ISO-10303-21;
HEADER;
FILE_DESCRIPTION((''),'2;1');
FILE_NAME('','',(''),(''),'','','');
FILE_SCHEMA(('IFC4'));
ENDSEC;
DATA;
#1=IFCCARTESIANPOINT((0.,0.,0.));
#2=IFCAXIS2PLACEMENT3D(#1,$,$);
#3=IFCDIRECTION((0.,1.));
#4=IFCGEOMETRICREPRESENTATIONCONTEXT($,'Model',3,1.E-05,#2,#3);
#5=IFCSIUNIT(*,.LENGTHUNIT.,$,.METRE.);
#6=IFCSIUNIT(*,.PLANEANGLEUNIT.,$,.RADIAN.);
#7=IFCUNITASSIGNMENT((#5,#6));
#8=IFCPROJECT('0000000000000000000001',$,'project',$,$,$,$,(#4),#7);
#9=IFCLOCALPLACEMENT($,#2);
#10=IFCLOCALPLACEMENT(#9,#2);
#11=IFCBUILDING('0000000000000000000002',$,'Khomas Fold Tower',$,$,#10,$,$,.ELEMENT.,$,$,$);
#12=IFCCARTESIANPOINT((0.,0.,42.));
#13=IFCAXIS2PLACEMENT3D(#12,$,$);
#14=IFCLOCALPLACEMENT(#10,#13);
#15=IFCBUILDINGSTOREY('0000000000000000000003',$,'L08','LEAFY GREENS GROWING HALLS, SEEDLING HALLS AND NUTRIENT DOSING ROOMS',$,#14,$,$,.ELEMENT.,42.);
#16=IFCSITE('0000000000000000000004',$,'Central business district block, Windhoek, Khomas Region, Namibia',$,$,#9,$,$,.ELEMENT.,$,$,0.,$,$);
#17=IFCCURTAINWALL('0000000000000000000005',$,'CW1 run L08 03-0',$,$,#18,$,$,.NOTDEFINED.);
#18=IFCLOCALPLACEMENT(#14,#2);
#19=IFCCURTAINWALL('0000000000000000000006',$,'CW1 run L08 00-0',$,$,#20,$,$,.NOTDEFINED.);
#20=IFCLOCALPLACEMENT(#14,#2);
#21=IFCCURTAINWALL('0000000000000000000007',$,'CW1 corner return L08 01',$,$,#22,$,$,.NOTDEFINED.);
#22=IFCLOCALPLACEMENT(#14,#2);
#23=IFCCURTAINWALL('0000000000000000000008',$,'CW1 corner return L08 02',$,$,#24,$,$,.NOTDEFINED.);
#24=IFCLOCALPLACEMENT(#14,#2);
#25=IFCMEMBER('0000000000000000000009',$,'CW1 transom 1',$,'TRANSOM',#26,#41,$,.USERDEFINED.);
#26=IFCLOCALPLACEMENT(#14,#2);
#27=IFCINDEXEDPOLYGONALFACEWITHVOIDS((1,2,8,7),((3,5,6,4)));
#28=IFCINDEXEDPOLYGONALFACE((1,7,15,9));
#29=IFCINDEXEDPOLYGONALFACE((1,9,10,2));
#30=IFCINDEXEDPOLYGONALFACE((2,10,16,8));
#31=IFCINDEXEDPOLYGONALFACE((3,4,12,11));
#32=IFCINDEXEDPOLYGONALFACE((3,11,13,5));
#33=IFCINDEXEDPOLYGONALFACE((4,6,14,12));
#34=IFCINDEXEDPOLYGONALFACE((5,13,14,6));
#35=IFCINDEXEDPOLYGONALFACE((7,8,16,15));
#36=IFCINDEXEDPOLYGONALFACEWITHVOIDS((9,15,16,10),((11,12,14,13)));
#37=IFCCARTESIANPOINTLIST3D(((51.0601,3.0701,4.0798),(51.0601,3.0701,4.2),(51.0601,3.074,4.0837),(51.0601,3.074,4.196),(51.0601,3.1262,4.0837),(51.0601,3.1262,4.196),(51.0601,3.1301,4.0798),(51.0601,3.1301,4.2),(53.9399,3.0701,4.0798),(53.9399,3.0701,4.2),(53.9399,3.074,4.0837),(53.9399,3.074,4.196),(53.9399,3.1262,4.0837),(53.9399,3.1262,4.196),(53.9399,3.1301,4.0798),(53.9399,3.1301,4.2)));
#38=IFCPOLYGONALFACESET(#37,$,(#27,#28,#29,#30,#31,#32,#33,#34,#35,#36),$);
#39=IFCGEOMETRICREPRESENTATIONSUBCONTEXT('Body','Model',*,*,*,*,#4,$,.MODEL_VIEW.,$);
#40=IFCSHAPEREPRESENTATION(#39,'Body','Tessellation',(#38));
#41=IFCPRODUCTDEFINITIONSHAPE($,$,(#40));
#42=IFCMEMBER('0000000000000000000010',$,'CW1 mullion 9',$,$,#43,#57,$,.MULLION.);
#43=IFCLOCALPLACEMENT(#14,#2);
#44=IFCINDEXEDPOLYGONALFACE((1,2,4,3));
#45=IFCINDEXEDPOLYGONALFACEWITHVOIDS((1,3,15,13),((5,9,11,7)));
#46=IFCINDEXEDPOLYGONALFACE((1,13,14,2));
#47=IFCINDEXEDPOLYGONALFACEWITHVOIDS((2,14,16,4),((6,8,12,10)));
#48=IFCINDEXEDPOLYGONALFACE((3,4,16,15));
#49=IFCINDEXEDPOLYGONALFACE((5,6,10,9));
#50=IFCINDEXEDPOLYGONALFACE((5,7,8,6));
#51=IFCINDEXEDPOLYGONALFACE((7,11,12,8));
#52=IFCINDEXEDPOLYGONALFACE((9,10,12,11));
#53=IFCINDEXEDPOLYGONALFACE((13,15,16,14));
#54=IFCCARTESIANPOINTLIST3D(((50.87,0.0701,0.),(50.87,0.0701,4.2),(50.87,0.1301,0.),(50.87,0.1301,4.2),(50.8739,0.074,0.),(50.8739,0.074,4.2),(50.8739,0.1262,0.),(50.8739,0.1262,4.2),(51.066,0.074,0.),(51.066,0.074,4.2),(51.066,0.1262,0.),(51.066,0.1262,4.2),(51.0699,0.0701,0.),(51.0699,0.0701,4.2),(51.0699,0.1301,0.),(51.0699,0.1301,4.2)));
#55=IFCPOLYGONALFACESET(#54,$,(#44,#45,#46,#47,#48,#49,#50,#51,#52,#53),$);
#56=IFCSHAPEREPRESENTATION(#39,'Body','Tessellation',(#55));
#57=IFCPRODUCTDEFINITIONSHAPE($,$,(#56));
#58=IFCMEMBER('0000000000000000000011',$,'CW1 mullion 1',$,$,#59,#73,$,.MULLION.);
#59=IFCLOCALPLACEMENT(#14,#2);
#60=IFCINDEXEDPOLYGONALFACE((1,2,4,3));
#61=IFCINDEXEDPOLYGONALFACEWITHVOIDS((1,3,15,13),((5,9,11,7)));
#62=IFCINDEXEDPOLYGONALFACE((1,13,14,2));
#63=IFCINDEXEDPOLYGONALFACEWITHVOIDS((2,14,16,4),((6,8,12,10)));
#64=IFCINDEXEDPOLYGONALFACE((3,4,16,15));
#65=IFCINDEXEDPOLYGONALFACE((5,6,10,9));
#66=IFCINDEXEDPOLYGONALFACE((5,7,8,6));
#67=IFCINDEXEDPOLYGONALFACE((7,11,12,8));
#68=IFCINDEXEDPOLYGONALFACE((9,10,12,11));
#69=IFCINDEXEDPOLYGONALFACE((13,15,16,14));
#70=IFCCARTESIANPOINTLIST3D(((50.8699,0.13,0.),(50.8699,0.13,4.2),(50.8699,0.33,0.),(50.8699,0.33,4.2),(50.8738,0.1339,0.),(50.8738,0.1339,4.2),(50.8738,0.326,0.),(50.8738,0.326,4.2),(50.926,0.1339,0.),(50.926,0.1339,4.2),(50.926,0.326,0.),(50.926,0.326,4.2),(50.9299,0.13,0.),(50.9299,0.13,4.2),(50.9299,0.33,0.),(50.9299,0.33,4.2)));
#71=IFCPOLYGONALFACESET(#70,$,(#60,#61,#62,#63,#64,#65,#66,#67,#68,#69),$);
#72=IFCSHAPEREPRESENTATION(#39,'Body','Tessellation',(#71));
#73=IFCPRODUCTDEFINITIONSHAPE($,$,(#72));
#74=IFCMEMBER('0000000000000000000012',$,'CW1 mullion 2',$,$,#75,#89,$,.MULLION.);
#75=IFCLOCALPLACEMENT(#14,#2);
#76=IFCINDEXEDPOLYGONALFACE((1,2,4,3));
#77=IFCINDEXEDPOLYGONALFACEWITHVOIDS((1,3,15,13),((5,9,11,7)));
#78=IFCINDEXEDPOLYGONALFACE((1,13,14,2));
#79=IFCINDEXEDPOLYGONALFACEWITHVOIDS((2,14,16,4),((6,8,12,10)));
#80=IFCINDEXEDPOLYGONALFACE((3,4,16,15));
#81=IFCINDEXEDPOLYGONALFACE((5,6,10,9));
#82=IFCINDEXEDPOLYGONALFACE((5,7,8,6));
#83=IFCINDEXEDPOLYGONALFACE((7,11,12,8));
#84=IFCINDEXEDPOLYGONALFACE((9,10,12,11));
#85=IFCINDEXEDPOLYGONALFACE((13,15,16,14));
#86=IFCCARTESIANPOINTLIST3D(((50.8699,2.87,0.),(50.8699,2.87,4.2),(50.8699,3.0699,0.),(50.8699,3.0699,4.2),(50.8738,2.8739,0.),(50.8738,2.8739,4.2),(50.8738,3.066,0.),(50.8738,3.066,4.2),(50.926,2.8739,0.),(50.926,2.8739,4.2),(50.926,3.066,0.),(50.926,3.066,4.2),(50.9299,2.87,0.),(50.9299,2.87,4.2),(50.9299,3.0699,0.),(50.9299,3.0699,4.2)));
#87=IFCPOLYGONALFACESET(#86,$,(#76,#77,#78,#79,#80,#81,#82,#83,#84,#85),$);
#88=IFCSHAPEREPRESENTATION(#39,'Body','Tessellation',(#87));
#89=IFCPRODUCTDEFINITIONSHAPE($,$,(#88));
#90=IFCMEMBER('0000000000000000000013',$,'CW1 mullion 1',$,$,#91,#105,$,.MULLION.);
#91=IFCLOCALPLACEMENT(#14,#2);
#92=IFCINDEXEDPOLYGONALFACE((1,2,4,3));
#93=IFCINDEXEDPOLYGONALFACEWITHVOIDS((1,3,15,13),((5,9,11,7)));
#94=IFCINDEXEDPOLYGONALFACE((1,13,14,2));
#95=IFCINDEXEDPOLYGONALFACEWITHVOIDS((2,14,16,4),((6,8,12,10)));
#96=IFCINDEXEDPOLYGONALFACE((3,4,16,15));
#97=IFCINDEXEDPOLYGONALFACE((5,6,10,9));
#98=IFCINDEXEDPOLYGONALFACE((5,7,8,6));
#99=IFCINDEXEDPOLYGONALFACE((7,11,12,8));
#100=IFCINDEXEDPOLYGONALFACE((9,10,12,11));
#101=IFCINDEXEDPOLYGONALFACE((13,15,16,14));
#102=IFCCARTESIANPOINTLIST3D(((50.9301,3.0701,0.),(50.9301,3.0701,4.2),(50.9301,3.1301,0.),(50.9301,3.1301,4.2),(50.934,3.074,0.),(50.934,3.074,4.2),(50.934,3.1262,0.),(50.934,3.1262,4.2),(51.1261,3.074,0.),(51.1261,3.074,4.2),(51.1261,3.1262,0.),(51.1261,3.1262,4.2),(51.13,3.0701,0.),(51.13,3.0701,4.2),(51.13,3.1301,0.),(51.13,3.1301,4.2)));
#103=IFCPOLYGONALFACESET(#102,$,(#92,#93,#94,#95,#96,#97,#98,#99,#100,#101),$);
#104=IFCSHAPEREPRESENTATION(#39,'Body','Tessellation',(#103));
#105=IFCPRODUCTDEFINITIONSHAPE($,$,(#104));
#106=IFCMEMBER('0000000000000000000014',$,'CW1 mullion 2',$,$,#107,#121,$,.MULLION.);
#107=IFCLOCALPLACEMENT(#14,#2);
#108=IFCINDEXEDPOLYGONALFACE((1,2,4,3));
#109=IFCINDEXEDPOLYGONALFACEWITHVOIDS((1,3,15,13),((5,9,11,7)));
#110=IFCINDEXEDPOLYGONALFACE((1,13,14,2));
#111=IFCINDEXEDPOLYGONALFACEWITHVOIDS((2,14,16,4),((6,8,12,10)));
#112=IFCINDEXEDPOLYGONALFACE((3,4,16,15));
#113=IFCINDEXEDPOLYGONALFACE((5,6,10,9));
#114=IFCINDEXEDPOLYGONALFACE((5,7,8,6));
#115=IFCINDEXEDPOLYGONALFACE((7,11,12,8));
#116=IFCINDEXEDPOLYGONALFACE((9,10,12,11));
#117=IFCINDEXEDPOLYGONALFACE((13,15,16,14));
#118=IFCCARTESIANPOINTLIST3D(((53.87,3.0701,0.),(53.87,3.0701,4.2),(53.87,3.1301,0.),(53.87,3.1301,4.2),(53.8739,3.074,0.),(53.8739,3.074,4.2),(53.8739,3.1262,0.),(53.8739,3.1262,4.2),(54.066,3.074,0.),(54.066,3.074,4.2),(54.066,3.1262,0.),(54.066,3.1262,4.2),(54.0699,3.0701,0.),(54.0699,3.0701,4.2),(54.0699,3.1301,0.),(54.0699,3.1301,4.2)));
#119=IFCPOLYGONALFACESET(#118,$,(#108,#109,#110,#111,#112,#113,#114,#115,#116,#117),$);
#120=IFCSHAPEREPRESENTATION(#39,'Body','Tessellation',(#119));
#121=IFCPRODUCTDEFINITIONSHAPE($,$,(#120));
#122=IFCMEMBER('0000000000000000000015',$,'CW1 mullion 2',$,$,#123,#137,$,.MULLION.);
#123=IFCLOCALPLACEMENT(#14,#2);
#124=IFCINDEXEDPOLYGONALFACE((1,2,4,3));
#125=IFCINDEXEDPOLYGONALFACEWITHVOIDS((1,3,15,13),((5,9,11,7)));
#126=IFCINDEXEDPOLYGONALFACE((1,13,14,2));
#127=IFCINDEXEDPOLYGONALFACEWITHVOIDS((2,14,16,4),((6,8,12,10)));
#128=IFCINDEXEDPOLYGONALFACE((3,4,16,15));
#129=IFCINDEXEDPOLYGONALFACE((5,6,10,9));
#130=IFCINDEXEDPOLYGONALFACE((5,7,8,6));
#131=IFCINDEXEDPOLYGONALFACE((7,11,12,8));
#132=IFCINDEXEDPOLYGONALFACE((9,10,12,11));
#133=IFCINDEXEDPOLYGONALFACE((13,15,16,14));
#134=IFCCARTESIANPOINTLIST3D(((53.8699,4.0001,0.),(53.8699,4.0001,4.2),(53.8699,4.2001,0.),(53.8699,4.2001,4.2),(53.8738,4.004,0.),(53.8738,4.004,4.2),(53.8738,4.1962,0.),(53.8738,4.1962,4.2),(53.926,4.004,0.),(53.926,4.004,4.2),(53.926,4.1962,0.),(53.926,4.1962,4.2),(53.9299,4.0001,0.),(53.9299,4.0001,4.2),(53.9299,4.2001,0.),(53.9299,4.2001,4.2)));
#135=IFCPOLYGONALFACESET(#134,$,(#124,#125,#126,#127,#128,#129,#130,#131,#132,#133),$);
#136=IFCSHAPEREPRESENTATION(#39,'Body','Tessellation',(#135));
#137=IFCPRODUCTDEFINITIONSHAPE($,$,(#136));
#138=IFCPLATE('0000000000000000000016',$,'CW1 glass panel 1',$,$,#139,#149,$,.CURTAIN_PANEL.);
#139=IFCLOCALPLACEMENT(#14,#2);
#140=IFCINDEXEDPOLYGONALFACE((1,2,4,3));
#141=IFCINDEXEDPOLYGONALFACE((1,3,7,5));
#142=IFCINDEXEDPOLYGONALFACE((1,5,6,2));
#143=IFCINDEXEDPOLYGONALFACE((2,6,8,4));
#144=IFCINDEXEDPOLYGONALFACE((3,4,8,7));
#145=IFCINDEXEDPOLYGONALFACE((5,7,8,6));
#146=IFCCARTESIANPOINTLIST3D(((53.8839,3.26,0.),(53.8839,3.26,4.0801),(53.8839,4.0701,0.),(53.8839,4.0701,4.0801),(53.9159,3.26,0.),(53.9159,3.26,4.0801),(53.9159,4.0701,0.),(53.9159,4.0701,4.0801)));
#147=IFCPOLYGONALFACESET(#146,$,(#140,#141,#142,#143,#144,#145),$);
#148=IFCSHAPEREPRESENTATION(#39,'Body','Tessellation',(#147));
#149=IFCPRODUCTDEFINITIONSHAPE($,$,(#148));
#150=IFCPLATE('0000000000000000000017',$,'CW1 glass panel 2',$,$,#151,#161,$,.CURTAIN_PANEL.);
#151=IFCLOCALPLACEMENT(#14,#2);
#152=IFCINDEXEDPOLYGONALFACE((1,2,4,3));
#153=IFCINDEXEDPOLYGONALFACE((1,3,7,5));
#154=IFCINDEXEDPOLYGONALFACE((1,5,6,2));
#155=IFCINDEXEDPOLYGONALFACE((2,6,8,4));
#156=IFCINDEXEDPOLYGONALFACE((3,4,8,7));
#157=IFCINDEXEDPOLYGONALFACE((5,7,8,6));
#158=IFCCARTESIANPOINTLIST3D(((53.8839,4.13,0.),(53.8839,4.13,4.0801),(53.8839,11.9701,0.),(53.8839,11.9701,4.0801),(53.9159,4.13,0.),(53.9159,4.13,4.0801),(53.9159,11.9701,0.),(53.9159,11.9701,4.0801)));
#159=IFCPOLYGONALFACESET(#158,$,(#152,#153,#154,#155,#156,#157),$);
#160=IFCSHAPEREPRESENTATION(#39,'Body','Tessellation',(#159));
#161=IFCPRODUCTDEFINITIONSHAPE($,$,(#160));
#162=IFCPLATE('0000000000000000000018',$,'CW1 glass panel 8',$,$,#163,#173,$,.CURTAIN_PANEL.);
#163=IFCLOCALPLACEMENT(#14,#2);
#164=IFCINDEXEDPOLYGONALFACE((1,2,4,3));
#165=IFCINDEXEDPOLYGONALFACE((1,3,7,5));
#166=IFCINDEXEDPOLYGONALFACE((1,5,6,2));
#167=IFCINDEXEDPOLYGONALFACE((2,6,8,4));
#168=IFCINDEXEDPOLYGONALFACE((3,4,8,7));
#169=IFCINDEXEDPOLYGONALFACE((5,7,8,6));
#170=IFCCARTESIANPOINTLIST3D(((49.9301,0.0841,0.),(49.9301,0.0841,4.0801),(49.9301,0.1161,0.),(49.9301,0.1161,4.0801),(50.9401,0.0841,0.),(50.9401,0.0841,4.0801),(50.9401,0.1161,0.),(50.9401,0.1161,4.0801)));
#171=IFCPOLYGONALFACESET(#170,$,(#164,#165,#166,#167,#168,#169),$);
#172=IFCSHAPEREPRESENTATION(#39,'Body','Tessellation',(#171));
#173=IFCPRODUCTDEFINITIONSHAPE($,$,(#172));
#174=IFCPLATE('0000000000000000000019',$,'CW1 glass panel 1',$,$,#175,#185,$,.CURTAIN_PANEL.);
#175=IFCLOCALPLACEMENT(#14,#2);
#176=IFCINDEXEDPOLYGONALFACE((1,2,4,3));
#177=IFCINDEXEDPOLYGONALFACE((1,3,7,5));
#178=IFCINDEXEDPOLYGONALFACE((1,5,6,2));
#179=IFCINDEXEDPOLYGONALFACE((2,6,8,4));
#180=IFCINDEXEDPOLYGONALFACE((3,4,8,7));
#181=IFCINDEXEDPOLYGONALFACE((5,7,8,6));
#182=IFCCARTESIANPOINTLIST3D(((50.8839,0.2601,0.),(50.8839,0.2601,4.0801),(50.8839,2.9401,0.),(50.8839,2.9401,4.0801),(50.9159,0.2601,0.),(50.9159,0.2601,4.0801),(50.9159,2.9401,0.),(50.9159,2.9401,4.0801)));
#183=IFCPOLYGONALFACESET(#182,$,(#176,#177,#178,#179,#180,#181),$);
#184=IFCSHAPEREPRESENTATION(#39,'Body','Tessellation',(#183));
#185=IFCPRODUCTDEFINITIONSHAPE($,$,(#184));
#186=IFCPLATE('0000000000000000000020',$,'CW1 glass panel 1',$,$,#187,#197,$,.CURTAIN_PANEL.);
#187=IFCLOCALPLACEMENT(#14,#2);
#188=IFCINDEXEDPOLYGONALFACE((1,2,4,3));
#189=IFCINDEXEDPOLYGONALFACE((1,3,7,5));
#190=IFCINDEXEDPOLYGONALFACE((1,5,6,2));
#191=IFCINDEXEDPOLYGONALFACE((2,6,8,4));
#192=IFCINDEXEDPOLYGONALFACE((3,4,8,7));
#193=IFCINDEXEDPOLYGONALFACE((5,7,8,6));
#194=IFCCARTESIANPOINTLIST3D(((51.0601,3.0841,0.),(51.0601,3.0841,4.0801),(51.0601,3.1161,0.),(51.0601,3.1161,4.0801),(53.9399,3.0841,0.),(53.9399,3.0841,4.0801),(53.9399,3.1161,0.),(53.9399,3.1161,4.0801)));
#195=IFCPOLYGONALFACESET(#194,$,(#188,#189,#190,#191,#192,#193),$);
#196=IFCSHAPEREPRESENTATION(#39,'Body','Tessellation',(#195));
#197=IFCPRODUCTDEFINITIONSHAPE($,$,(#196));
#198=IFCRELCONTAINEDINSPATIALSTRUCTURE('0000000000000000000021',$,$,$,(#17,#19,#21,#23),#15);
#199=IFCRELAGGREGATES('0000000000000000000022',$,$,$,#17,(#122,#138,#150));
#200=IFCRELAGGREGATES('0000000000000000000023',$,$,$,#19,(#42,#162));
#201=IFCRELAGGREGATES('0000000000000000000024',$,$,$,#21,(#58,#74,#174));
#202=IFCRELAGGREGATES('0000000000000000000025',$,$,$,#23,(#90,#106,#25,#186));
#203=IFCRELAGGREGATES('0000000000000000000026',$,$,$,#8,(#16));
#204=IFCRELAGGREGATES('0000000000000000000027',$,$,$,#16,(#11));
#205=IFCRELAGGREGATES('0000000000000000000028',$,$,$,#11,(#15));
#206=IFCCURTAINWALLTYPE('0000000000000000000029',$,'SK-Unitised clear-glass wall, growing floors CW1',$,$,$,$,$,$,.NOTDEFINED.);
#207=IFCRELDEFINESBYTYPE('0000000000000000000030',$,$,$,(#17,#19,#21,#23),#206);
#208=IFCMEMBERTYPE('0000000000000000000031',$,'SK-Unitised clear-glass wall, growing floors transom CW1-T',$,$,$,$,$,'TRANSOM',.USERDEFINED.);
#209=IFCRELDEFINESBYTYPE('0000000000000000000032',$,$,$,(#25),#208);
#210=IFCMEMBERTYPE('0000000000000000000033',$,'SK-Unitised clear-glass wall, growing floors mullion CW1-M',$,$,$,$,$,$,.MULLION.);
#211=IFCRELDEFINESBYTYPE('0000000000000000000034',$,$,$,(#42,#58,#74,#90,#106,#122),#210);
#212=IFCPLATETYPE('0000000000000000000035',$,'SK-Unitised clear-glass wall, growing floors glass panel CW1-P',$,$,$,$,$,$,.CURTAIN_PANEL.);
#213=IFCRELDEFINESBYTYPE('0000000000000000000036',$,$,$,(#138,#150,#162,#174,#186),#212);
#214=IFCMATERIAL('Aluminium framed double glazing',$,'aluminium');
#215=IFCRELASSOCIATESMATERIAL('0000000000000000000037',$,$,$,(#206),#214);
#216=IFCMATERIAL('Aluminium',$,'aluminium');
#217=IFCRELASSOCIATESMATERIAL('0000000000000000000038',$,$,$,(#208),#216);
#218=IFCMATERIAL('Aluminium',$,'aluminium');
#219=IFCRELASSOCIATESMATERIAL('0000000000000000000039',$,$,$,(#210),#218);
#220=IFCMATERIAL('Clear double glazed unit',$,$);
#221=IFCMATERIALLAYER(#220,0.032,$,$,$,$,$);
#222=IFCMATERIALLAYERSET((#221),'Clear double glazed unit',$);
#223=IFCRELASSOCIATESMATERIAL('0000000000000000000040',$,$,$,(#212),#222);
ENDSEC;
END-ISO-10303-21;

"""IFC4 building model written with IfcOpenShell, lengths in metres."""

from ifc_helpers import new_model, si_unit, direction, frame, origin, origin_2d, place, context, subcontext, project, spatial, rectangle, hollow_rectangle, extrude, source, transform, mapped, material, layer, layer_set, material_profile, profile_set, type_object, element, aggregate, save


model = new_model("IFC4")

# Units and contexts
model_context = context("Model", 3, precision=1e-05, world=origin(), true_north=direction((0.0, 1.0)))
body_context = subcontext(model_context, "Body", "Model", "MODEL_VIEW")
ifc_project = project(units=[si_unit("LENGTHUNIT", "METRE"), si_unit("PLANEANGLEUNIT", "RADIAN")], contexts=[model_context])

# Site, building, storey
site_placement = place(None, origin())
site = spatial("IfcSite", under=ifc_project, at=site_placement, Name="Central business district block, Windhoek, Khomas Region, Namibia", CompositionType="ELEMENT", RefElevation=0.0)
building_placement = place(site_placement, origin())
building = spatial("IfcBuilding", under=site, at=building_placement, Name="Khomas Fold Tower", CompositionType="ELEMENT")
storey_placement = place(building_placement, frame((0.0, 0.0, 42.0)))
storey = spatial("IfcBuildingStorey", under=building, at=storey_placement, Name="L08", Description="LEAFY GREENS GROWING HALLS, SEEDLING HALLS AND NUTRIENT DOSING ROOMS", CompositionType="ELEMENT", Elevation=42.0)

# Curtain wall
ifc_material_1 = material(Name="Aluminium framed double glazing", Category="aluminium")
curtain_wall_type = type_object("IfcCurtainWallType", Name="SK-Unitised clear-glass wall, growing floors CW1", PredefinedType="NOTDEFINED", material=ifc_material_1)
curtain_wall_1_placement = place(storey_placement, origin())
curtain_wall_1 = element("IfcCurtainWall", 1, at=curtain_wall_1_placement, inside=storey, type_object=curtain_wall_type, Name="CW1 run L08 03-0", PredefinedType="NOTDEFINED")
ifc_material_2 = material(Name="Aluminium", Category="aluminium")
ifc_material_profile_1 = material_profile(ifc_material_2, hollow_rectangle(XDim=0.0601, YDim=0.1201, WallThickness=0.0039, at=origin_2d()), Name="SK-Unitised clear-glass wall, growing floors transom CW1-T")
ifc_profile_set_1 = profile_set([ifc_material_profile_1], Name="Aluminium")
member_type_1 = type_object("IfcMemberType", Name="SK-Unitised clear-glass wall, growing floors transom CW1-T", ElementType="TRANSOM", PredefinedType="USERDEFINED", material=ifc_profile_set_1)

# Curtain walls, member
curtain_wall_2_placement = place(storey_placement, origin())
curtain_wall_2 = element("IfcCurtainWall", 2, at=curtain_wall_2_placement, inside=storey, type_object=curtain_wall_type, Name="CW1 run L08 00-0", PredefinedType="NOTDEFINED")
curtain_wall_3_placement = place(storey_placement, origin())
curtain_wall_3 = element("IfcCurtainWall", 3, at=curtain_wall_3_placement, inside=storey, type_object=curtain_wall_type, Name="CW1 corner return L08 01", PredefinedType="NOTDEFINED")
curtain_wall_4_placement = place(storey_placement, origin())
curtain_wall_4 = element("IfcCurtainWall", 4, at=curtain_wall_4_placement, inside=storey, type_object=curtain_wall_type, Name="CW1 corner return L08 02", PredefinedType="NOTDEFINED")
shared_shape_1 = source(origin(), body_context, "Body", "SweptSolid", [
    extrude(hollow_rectangle(XDim=0.0601, YDim=0.1201, WallThickness=0.0039, at=origin_2d()), origin(), (0.0, 0.0, 1.0), 2.8799),
])
member_1_placement = place(storey_placement, frame((51.0601, 3.1001, 4.1399), z_axis=(1.0, 0.0, 0.0), x_axis=(0.0, 1.0, 0.0)))
member_1 = element("IfcMember", 5, at=member_1_placement, type_object=member_type_1, Name="CW1 transom 1", ObjectType="TRANSOM", PredefinedType="USERDEFINED", context=body_context, shape_type="MappedRepresentation", body=[
    mapped(shared_shape_1, transform((0.0, 0.0, 0.0))),
])

# Members
ifc_material_3 = material(Name="Aluminium", Category="aluminium")
ifc_material_profile_2 = material_profile(ifc_material_3, hollow_rectangle(XDim=0.0601, YDim=0.2, WallThickness=0.0039, at=origin_2d()), Name="SK-Unitised clear-glass wall, growing floors mullion CW1-M")
ifc_profile_set_2 = profile_set([ifc_material_profile_2], Name="Aluminium")
member_type_2 = type_object("IfcMemberType", Name="SK-Unitised clear-glass wall, growing floors mullion CW1-M", PredefinedType="MULLION", material=ifc_profile_set_2)
shared_shape_2 = source(origin(), body_context, "Body", "SweptSolid", [
    extrude(hollow_rectangle(XDim=0.0601, YDim=0.2, WallThickness=0.0039, at=origin_2d()), origin(), (0.0, 0.0, 1.0), 4.2),
])
member_2_placement = place(storey_placement, frame((50.97, 0.1001, 0.0), z_axis=(0.0, 0.0, 1.0), x_axis=(0.0, 1.0, 0.0)))
member_2 = element("IfcMember", 6, at=member_2_placement, type_object=member_type_2, Name="CW1 mullion 9", PredefinedType="MULLION", context=body_context, shape_type="MappedRepresentation", body=[
    mapped(shared_shape_2, transform((0.0, 0.0, 0.0))),
])
member_3_placement = place(storey_placement, frame((50.8999, 0.23, 0.0), z_axis=(0.0, 0.0, 1.0), x_axis=(-1.0, 0.0, 0.0)))
member_3 = element("IfcMember", 7, at=member_3_placement, type_object=member_type_2, Name="CW1 mullion 1", PredefinedType="MULLION", context=body_context, shape_type="MappedRepresentation", body=[
    mapped(shared_shape_2, transform((0.0, 0.0, 0.0))),
])
member_4_placement = place(storey_placement, frame((50.8999, 2.97, 0.0), z_axis=(0.0, 0.0, 1.0), x_axis=(-1.0, 0.0, 0.0)))
member_4 = element("IfcMember", 8, at=member_4_placement, type_object=member_type_2, Name="CW1 mullion 2", PredefinedType="MULLION", context=body_context, shape_type="MappedRepresentation", body=[
    mapped(shared_shape_2, transform((0.0, 0.0, 0.0))),
])
member_5_placement = place(storey_placement, frame((51.03, 3.1001, 0.0), z_axis=(0.0, 0.0, 1.0), x_axis=(0.0, 1.0, 0.0)))
member_5 = element("IfcMember", 9, at=member_5_placement, type_object=member_type_2, Name="CW1 mullion 1", PredefinedType="MULLION", context=body_context, shape_type="MappedRepresentation", body=[
    mapped(shared_shape_2, transform((0.0, 0.0, 0.0))),
])
member_6_placement = place(storey_placement, frame((53.97, 3.1001, 0.0), z_axis=(0.0, 0.0, 1.0), x_axis=(0.0, 1.0, 0.0)))
member_6 = element("IfcMember", 10, at=member_6_placement, type_object=member_type_2, Name="CW1 mullion 2", PredefinedType="MULLION", context=body_context, shape_type="MappedRepresentation", body=[
    mapped(shared_shape_2, transform((0.0, 0.0, 0.0))),
])
member_7_placement = place(storey_placement, frame((53.8999, 4.1001, 0.0), z_axis=(0.0, 0.0, 1.0), x_axis=(-1.0, 0.0, 0.0)))
member_7 = element("IfcMember", 11, at=member_7_placement, type_object=member_type_2, Name="CW1 mullion 2", PredefinedType="MULLION", context=body_context, shape_type="MappedRepresentation", body=[
    mapped(shared_shape_2, transform((0.0, 0.0, 0.0))),
])

# Plates
ifc_material_4 = material(Name="Clear double glazed unit")
ifc_layer = layer(ifc_material_4, 0.032)
ifc_layer_set = layer_set([ifc_layer], Name="Clear double glazed unit")
plate_type = type_object("IfcPlateType", Name="SK-Unitised clear-glass wall, growing floors glass panel CW1-P", PredefinedType="CURTAIN_PANEL", material=ifc_layer_set)
shared_shape_3 = source(origin(), body_context, "Body", "SweptSolid", [
    extrude(rectangle(XDim=0.8101, YDim=0.032, at=origin_2d()), origin(), (0.0, 0.0, 1.0), 4.0801),
])
plate_1_placement = place(storey_placement, frame((53.8999, 3.665, 0.0), z_axis=(0.0, 0.0, 1.0), x_axis=(0.0, 1.0, 0.0)))
plate_1 = element("IfcPlate", 12, at=plate_1_placement, type_object=plate_type, Name="CW1 glass panel 1", PredefinedType="CURTAIN_PANEL", context=body_context, shape_type="MappedRepresentation", body=[
    mapped(shared_shape_3, transform((0.0, 0.0, 0.0))),
])
shared_shape_4 = source(origin(), body_context, "Body", "SweptSolid", [
    extrude(rectangle(XDim=7.8401, YDim=0.032, at=origin_2d()), origin(), (0.0, 0.0, 1.0), 4.0801),
])
plate_2_placement = place(storey_placement, frame((53.8999, 8.05, 0.0), z_axis=(0.0, 0.0, 1.0), x_axis=(0.0, 1.0, 0.0)))
plate_2 = element("IfcPlate", 13, at=plate_2_placement, type_object=plate_type, Name="CW1 glass panel 2", PredefinedType="CURTAIN_PANEL", context=body_context, shape_type="MappedRepresentation", body=[
    mapped(shared_shape_4, transform((0.0, 0.0, 0.0))),
])
aggregate(curtain_wall_1, [member_7, plate_1, plate_2])
shared_shape_5 = source(origin(), body_context, "Body", "SweptSolid", [
    extrude(rectangle(XDim=1.01, YDim=0.032, at=origin_2d()), origin(), (0.0, 0.0, 1.0), 4.0801),
])
plate_3_placement = place(storey_placement, frame((50.4351, 0.1001, 0.0), z_axis=(0.0, 0.0, 1.0), x_axis=(1.0, 0.0, 0.0)))
plate_3 = element("IfcPlate", 14, at=plate_3_placement, type_object=plate_type, Name="CW1 glass panel 8", PredefinedType="CURTAIN_PANEL", context=body_context, shape_type="MappedRepresentation", body=[
    mapped(shared_shape_5, transform((0.0, 0.0, 0.0))),
])
aggregate(curtain_wall_2, [member_2, plate_3])
shared_shape_6 = source(origin(), body_context, "Body", "SweptSolid", [
    extrude(rectangle(XDim=2.6799, YDim=0.032, at=origin_2d()), origin(), (0.0, 0.0, 1.0), 4.0801),
])
plate_4_placement = place(storey_placement, frame((50.8999, 1.6001, 0.0), z_axis=(0.0, 0.0, 1.0), x_axis=(0.0, 1.0, 0.0)))
plate_4 = element("IfcPlate", 15, at=plate_4_placement, type_object=plate_type, Name="CW1 glass panel 1", PredefinedType="CURTAIN_PANEL", context=body_context, shape_type="MappedRepresentation", body=[
    mapped(shared_shape_6, transform((0.0, 0.0, 0.0))),
])
aggregate(curtain_wall_3, [member_3, member_4, plate_4])
shared_shape_7 = source(origin(), body_context, "Body", "SweptSolid", [
    extrude(rectangle(XDim=2.8799, YDim=0.032, at=origin_2d()), origin(), (0.0, 0.0, 1.0), 4.0801),
])
plate_5_placement = place(storey_placement, frame((52.5, 3.1001, 0.0), z_axis=(0.0, 0.0, 1.0), x_axis=(1.0, 0.0, 0.0)))
plate_5 = element("IfcPlate", 16, at=plate_5_placement, type_object=plate_type, Name="CW1 glass panel 1", PredefinedType="CURTAIN_PANEL", context=body_context, shape_type="MappedRepresentation", body=[
    mapped(shared_shape_7, transform((0.0, 0.0, 0.0))),
])
aggregate(curtain_wall_4, [member_5, member_6, member_1, plate_5])

save(model, "model.ifc")
